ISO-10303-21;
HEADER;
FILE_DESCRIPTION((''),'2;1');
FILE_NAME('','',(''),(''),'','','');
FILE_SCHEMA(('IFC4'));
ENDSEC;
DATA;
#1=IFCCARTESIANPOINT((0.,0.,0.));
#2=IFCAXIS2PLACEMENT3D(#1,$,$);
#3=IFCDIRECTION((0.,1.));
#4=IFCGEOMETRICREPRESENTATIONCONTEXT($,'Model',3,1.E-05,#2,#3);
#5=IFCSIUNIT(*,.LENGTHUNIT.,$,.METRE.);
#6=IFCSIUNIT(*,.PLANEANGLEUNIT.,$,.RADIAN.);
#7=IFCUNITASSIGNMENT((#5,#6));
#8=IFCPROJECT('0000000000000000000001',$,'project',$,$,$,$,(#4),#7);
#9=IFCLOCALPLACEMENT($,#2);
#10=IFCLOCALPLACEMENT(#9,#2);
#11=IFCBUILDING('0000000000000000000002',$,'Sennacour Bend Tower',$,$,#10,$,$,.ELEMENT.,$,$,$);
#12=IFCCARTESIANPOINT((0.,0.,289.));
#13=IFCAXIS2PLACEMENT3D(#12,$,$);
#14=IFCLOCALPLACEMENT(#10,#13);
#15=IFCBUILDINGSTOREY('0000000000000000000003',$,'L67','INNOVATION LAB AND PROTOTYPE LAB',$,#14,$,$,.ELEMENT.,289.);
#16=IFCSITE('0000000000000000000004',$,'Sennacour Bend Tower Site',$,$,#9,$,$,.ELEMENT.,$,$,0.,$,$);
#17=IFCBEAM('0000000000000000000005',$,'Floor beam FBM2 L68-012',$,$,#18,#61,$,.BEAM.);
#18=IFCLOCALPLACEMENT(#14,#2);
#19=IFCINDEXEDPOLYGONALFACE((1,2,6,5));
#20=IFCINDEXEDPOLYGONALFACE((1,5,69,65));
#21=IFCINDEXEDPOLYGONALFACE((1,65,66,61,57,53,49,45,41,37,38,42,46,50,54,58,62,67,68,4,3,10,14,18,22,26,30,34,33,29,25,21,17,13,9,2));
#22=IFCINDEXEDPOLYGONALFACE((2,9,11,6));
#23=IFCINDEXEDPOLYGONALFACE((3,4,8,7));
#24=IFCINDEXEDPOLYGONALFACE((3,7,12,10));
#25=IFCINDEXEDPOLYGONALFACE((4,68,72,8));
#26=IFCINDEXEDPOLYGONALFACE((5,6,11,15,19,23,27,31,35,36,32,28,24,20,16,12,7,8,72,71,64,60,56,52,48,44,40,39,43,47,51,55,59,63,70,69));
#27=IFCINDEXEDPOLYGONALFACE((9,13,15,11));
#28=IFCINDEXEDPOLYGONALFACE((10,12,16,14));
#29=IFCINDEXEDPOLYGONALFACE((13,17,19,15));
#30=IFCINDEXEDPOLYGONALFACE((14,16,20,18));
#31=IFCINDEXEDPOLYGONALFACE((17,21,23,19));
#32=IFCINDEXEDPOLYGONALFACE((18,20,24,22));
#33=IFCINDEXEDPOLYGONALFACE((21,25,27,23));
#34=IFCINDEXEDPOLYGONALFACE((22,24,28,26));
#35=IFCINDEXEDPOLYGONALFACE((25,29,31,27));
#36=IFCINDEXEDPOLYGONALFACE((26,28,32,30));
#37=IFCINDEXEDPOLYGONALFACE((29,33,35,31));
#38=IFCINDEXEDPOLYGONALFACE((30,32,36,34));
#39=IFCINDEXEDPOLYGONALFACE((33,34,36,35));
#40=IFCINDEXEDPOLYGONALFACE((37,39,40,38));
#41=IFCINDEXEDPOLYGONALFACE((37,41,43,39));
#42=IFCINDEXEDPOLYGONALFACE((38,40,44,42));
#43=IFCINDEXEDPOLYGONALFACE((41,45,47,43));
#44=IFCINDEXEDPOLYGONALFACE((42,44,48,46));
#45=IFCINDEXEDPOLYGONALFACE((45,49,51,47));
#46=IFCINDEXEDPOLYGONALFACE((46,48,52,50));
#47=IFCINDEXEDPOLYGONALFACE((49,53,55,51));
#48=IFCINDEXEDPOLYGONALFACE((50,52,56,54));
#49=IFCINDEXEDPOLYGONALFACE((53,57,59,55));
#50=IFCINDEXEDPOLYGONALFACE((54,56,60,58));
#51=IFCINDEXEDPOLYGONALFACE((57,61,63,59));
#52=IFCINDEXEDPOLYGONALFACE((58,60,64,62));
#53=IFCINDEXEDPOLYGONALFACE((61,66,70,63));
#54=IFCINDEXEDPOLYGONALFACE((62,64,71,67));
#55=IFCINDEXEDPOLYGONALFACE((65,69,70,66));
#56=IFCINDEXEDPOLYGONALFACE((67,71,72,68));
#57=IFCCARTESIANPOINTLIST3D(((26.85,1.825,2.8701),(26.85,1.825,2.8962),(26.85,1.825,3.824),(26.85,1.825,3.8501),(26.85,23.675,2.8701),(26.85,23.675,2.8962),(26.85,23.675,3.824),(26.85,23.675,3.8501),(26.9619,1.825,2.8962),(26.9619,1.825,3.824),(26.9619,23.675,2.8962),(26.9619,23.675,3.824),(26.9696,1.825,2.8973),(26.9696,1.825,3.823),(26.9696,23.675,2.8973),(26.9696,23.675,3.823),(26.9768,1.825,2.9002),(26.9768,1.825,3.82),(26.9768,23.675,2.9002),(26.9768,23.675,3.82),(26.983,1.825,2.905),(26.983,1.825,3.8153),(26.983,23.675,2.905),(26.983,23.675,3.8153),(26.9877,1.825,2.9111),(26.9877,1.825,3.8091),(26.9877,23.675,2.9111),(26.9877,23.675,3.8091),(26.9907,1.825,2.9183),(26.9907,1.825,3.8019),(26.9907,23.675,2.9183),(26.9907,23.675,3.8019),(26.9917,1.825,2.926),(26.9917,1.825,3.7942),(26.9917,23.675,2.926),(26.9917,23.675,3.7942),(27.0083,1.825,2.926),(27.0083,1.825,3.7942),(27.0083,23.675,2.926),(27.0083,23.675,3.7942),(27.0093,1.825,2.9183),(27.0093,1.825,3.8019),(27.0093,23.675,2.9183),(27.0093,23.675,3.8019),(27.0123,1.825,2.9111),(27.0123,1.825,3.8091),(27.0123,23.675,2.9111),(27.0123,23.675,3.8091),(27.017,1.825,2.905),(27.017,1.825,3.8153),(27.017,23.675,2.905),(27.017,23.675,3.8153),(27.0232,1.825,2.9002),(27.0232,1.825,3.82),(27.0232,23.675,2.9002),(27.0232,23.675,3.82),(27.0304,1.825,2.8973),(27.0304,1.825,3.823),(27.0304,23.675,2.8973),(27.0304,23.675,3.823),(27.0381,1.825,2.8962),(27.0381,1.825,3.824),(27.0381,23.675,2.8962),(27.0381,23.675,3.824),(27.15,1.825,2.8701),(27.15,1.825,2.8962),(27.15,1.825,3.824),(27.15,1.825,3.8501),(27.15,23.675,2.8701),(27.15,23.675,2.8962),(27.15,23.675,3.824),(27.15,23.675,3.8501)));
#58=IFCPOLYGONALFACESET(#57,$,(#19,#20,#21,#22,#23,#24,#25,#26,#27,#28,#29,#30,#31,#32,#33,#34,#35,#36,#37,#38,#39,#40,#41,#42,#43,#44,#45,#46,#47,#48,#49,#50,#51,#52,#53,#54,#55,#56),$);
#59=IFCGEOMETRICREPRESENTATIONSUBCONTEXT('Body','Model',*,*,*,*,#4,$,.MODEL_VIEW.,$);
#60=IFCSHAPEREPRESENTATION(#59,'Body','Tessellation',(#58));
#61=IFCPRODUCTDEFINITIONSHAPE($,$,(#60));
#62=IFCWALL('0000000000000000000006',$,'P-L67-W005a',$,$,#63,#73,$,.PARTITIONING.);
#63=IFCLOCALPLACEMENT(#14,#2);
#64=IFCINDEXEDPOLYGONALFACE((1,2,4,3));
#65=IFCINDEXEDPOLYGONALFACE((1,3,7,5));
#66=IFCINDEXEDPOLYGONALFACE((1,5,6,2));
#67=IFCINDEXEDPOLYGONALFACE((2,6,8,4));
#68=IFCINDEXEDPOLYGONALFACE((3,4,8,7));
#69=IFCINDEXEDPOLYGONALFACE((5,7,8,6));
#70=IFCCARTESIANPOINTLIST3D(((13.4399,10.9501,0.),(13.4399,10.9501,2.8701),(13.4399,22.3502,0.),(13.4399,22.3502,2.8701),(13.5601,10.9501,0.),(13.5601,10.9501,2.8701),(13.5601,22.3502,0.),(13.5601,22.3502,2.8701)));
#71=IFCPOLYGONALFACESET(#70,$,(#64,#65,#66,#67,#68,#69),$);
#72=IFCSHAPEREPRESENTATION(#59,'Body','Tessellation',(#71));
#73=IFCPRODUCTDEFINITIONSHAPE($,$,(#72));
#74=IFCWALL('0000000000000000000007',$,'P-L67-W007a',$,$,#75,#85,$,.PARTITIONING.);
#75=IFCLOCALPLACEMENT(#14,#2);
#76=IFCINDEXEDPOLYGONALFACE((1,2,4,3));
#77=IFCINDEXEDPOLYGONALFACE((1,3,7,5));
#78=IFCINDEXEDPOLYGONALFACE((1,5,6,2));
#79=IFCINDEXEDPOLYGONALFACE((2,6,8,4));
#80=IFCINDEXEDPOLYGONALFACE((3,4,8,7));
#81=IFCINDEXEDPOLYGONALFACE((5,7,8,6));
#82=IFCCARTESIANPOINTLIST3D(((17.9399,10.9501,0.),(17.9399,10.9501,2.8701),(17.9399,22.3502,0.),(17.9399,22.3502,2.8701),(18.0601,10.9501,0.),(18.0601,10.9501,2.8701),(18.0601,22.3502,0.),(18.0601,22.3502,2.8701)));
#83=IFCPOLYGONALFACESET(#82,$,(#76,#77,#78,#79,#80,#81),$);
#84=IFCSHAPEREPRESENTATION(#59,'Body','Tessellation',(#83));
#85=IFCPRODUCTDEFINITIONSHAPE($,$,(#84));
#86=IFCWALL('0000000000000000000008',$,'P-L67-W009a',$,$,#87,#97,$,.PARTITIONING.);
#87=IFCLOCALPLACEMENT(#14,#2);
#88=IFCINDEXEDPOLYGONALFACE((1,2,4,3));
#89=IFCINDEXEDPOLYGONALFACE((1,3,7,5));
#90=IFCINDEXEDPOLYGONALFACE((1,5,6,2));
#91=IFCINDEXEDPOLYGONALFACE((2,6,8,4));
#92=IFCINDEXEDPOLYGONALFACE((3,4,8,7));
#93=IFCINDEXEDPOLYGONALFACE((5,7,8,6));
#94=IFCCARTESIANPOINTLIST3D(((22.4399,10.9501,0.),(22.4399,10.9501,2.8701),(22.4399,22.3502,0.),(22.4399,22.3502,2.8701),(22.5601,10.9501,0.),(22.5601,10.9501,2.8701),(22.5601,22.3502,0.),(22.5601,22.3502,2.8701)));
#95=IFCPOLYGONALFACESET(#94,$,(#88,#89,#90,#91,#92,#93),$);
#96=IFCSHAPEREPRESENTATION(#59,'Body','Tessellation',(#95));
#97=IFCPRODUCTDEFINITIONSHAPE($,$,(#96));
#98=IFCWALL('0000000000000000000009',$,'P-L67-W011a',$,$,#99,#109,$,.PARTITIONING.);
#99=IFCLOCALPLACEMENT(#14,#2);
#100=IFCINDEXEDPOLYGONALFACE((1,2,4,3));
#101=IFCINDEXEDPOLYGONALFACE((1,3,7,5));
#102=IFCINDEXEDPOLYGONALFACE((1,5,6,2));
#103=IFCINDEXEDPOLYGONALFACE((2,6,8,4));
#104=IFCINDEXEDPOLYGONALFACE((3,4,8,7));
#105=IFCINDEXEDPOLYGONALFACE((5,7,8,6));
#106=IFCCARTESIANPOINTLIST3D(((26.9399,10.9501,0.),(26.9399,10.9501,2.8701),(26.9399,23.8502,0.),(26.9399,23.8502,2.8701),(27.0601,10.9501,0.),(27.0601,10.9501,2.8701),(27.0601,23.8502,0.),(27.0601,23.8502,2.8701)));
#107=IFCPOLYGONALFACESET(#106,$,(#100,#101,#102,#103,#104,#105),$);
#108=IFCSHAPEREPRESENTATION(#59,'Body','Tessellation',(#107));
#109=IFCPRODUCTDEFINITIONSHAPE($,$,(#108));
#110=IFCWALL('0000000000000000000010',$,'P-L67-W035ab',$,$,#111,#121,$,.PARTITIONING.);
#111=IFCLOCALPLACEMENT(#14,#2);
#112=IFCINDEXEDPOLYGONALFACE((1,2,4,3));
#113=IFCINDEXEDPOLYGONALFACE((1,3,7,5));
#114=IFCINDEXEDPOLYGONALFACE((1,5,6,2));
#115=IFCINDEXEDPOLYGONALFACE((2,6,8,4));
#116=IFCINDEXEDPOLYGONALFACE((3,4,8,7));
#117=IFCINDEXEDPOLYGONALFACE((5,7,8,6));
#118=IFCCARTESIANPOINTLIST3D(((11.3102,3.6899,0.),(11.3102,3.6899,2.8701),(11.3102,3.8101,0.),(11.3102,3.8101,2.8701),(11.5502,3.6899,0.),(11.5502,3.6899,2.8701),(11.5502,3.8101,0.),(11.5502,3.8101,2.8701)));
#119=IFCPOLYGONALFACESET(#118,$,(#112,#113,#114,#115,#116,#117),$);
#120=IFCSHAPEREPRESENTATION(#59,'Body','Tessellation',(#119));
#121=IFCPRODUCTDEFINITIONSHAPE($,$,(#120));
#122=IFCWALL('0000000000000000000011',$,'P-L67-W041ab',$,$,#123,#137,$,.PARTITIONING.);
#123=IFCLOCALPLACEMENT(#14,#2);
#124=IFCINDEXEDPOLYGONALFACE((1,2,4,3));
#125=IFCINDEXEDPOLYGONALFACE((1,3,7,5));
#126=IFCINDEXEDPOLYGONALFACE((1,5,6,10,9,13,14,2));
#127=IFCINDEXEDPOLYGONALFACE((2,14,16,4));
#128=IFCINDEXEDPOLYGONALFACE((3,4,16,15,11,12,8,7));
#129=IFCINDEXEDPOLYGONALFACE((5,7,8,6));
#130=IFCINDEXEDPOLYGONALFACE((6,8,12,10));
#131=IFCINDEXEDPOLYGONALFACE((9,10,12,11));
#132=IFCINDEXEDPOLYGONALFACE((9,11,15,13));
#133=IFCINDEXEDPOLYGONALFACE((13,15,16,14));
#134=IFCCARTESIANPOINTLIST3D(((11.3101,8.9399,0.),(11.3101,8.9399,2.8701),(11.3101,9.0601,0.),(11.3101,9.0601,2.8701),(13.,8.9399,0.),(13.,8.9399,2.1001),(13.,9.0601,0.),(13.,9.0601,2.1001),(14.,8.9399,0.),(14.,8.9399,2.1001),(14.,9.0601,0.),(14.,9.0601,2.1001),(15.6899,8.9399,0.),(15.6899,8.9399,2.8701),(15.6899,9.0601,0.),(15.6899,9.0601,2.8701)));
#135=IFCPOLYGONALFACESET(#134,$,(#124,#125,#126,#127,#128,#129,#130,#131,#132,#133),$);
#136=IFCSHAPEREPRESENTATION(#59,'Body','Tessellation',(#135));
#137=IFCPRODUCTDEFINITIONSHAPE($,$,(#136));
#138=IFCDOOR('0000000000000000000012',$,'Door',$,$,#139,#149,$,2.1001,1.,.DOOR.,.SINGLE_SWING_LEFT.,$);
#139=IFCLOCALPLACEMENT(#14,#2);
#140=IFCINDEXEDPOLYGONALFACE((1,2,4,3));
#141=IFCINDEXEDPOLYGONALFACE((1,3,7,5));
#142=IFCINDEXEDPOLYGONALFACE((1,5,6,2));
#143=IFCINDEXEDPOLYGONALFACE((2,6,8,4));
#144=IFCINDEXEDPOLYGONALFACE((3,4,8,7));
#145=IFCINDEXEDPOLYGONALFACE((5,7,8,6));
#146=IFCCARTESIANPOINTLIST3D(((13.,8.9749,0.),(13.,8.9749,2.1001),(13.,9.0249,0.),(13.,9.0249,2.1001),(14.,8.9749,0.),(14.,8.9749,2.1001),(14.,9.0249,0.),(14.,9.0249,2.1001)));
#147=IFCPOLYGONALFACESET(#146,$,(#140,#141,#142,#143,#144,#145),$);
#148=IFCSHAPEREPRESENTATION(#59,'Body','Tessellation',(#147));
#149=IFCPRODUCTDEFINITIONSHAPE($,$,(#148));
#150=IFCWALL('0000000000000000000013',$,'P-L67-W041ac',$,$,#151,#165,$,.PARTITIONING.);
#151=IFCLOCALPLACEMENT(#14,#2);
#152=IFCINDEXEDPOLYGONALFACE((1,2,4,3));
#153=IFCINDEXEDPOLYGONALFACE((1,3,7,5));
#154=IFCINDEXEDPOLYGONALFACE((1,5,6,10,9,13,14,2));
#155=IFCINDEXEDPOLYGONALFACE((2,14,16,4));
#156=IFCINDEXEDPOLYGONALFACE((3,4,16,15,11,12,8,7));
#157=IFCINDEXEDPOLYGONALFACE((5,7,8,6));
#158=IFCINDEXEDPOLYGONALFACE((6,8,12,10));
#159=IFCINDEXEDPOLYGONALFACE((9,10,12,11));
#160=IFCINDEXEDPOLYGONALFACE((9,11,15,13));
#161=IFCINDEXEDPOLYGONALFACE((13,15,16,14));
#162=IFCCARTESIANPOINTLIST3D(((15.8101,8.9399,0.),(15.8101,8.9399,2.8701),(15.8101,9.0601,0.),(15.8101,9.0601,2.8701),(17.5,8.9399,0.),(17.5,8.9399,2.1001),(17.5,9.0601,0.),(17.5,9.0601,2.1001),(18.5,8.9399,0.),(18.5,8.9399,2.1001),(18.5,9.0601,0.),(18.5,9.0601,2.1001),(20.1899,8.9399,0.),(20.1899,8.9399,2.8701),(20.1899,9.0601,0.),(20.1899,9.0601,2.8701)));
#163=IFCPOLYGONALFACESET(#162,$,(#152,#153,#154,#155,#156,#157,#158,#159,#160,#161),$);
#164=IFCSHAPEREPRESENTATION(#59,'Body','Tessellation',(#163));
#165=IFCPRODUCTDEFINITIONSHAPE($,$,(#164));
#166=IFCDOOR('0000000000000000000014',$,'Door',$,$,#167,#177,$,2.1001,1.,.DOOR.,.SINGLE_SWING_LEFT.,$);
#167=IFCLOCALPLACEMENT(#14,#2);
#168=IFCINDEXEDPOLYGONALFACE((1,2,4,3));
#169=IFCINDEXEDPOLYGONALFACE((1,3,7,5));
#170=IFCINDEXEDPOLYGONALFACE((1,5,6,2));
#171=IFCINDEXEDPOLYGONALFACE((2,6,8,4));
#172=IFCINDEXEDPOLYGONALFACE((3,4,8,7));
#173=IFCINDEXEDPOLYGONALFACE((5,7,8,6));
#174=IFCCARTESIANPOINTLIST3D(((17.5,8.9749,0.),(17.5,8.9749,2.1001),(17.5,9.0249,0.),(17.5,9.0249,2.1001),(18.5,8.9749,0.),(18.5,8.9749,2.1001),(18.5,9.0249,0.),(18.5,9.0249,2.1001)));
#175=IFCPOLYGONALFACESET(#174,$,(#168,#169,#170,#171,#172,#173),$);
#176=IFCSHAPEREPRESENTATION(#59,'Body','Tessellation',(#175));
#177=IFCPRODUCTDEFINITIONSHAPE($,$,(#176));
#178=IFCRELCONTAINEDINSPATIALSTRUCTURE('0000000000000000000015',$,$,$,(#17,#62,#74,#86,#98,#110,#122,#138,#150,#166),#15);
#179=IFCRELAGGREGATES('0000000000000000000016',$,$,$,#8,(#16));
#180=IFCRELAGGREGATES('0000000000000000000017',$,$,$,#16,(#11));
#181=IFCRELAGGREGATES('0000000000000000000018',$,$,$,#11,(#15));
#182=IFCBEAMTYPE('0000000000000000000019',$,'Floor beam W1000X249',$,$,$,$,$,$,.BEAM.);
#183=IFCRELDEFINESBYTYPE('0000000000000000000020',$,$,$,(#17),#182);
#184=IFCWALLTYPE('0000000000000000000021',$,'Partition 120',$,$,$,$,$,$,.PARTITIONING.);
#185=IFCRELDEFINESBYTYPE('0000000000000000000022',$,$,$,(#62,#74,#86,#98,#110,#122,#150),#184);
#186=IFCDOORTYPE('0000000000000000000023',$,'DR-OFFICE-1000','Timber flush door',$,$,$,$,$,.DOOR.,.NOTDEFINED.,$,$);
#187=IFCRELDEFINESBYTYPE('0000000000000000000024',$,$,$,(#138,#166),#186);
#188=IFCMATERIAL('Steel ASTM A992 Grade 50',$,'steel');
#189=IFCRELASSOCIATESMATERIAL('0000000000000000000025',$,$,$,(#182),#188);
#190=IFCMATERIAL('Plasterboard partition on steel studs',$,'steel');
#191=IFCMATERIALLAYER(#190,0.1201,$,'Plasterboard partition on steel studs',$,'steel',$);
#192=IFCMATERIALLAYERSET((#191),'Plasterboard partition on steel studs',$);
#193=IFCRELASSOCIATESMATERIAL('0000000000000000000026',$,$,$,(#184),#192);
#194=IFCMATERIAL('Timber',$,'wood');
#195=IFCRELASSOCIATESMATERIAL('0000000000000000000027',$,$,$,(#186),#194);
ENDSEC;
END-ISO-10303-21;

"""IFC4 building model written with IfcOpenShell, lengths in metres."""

from ifc_helpers import new_model, si_unit, direction, frame, frame_2d, origin, origin_2d, place, context, subcontext, project, spatial, rectangle, i_section, extrude, material, layer, layer_set, material_profile, profile_set, type_object, element, fill, save


model = new_model("IFC4")

# Units and contexts
model_context = context("Model", 3, precision=1e-05, world=origin(), true_north=direction((0.0, 1.0)))
body_context = subcontext(model_context, "Body", "Model", "MODEL_VIEW")
ifc_project = project(units=[si_unit("LENGTHUNIT", "METRE"), si_unit("PLANEANGLEUNIT", "RADIAN")], contexts=[model_context])

# Site, building, storey
site_placement = place(None, origin())
site = spatial("IfcSite", under=ifc_project, at=site_placement, Name="Sennacour Bend Tower Site", CompositionType="ELEMENT", RefElevation=0.0)
building_placement = place(site_placement, origin())
building = spatial("IfcBuilding", under=site, at=building_placement, Name="Sennacour Bend Tower", CompositionType="ELEMENT")
storey_placement = place(building_placement, frame((0.0, 0.0, 289.0)))
storey = spatial("IfcBuildingStorey", under=building, at=storey_placement, Name="L67", Description="INNOVATION LAB AND PROTOTYPE LAB", CompositionType="ELEMENT", Elevation=289.0)

# Beam
ifc_material_1 = material(Name="Steel ASTM A992 Grade 50", Category="steel")
ifc_material_profile = material_profile(ifc_material_1, i_section(OverallWidth=0.3, OverallDepth=0.98, WebThickness=0.0166, FlangeThickness=0.0261, FilletRadius=0.0298, at=origin_2d()), Name="Steel ASTM A992 Grade 50", Category="steel")
ifc_profile_set = profile_set([ifc_material_profile], Name="Steel ASTM A992 Grade 50")
beam_type = type_object("IfcBeamType", Name="Floor beam W1000X249", PredefinedType="BEAM", material=ifc_profile_set)
beam_placement = place(storey_placement, frame((27.0, 1.825, 3.3601), z_axis=(0.0, 1.0, 0.0), x_axis=(-1.0, 0.0, 0.0)))
element("IfcBeam", 1, at=beam_placement, inside=storey, type_object=beam_type, Name="Floor beam FBM2 L68-012", PredefinedType="BEAM", context=body_context, shape_type="SweptSolid", body=[
    extrude(i_section(OverallWidth=0.3, OverallDepth=0.98, WebThickness=0.0166, FlangeThickness=0.0261, FilletRadius=0.0298, at=origin_2d()), origin(), (0.0, 0.0, 1.0), 21.8501),
])

# Walls
ifc_material_2 = material(Name="Plasterboard partition on steel studs", Category="steel")
ifc_layer_1 = layer(ifc_material_2, 0.1201, Name="Plasterboard partition on steel studs", Category="steel")
ifc_layer_set_1 = layer_set([ifc_layer_1], Name="Plasterboard partition on steel studs")
wall_type_1 = type_object("IfcWallType", Name="Partition 120", PredefinedType="PARTITIONING", material=ifc_layer_set_1)
for number, where, z_axis, x_axis, name in (
    (2, (13.5, 10.95, 0.0), (0.0, 0.0, 1.0), (0.0, 1.0, 0.0), "P-L67-W005a"),
    (3, (18.0, 10.95, 0.0), (0.0, 0.0, 1.0), (0.0, 1.0, 0.0), "P-L67-W007a"),
    (4, (22.5, 10.95, 0.0), (0.0, 0.0, 1.0), (0.0, 1.0, 0.0), "P-L67-W009a"),
):
    element("IfcWall", number, at=place(storey_placement, frame(where, z_axis=z_axis, x_axis=x_axis)), inside=storey, type_object=wall_type_1, Name=name, PredefinedType="PARTITIONING", context=body_context, shape_type="SweptSolid", body=[
        extrude(rectangle(XDim=11.4001, YDim=0.1201, at=frame_2d((5.7002, 0.0))), origin(), (0.0, 0.0, 1.0), 2.8701),
    ])
wall_1_placement = place(storey_placement, frame((27.0, 10.95, 0.0), z_axis=(0.0, 0.0, 1.0), x_axis=(0.0, 1.0, 0.0)))
element("IfcWall", 5, at=wall_1_placement, inside=storey, type_object=wall_type_1, Name="P-L67-W011a", PredefinedType="PARTITIONING", context=body_context, shape_type="SweptSolid", body=[
    extrude(rectangle(XDim=12.9001, YDim=0.1201, at=frame_2d((6.4502, 0.0))), origin(), (0.0, 0.0, 1.0), 2.8701),
])
wall_2_placement = place(storey_placement, frame((11.3101, 3.75, 0.0), z_axis=(0.0, 0.0, 1.0), x_axis=(1.0, 0.0, 0.0)))
element("IfcWall", 6, at=wall_2_placement, inside=storey, type_object=wall_type_1, Name="P-L67-W035ab", PredefinedType="PARTITIONING", context=body_context, shape_type="SweptSolid", body=[
    extrude(rectangle(XDim=0.24, YDim=0.1201, at=frame_2d((0.1201, 0.0))), origin(), (0.0, 0.0, 1.0), 2.8701),
])

# Walls, openings, doors
wall_3_placement = place(storey_placement, frame((11.3101, 9.0, 0.0), z_axis=(0.0, 0.0, 1.0), x_axis=(1.0, 0.0, 0.0)))
wall_3 = element("IfcWall", 7, at=wall_3_placement, inside=storey, type_object=wall_type_1, Name="P-L67-W041ab", PredefinedType="PARTITIONING", context=body_context, shape_type="SweptSolid", body=[
    extrude(rectangle(XDim=4.3799, YDim=0.1201, at=frame_2d((2.1899, 0.0))), origin(), (0.0, 0.0, 1.0), 2.8701),
])
opening_1_placement = place(wall_3_placement, frame((1.6899, 0.0, 0.0)))
opening_1 = element("IfcOpeningElement", 8, at=opening_1_placement, cuts=wall_3, PredefinedType="OPENING", context=body_context, shape_type="SweptSolid", body=[
    extrude(rectangle(XDim=1.0, YDim=2.1001, at=frame_2d((0.5, 1.05))), frame((0.0, 0.0701, 0.0), z_axis=(0.0, -1.0, 0.0), x_axis=(1.0, 0.0, 0.0)), (0.0, 0.0, 1.0), 0.1401),
])
ifc_material_3 = material(Name="Timber", Category="wood")
door_type_1 = type_object("IfcDoorType", Name="DR-OFFICE-1000", Description="Timber flush door", OperationType="NOTDEFINED", PredefinedType="DOOR", material=ifc_material_3)
door_1_placement = place(opening_1_placement, origin())
door_1 = element("IfcDoor", 9, at=door_1_placement, inside=storey, type_object=door_type_1, Name="Door", OperationType="SINGLE_SWING_LEFT", OverallHeight=2.1001, OverallWidth=1.0, PredefinedType="DOOR", context=body_context, shape_type="SweptSolid", body=[
    extrude(rectangle(XDim=1.0, YDim=2.1001, at=frame_2d((0.5, 1.05))), frame((0.0, 0.0249, 0.0), z_axis=(0.0, -1.0, 0.0), x_axis=(1.0, 0.0, 0.0)), (0.0, 0.0, 1.0), 0.05),
])
fill(opening_1, door_1)
wall_4_placement = place(storey_placement, frame((15.8101, 9.0, 0.0), z_axis=(0.0, 0.0, 1.0), x_axis=(1.0, 0.0, 0.0)))
wall_4 = element("IfcWall", 10, at=wall_4_placement, inside=storey, type_object=wall_type_1, Name="P-L67-W041ac", PredefinedType="PARTITIONING", context=body_context, shape_type="SweptSolid", body=[
    extrude(rectangle(XDim=4.3799, YDim=0.1201, at=frame_2d((2.1899, 0.0))), origin(), (0.0, 0.0, 1.0), 2.8701),
])
opening_2_placement = place(wall_4_placement, frame((1.6899, 0.0, 0.0)))
opening_2 = element("IfcOpeningElement", 11, at=opening_2_placement, cuts=wall_4, PredefinedType="OPENING", context=body_context, shape_type="SweptSolid", body=[
    extrude(rectangle(XDim=1.0, YDim=2.1001, at=frame_2d((0.5, 1.05))), frame((0.0, 0.0701, 0.0), z_axis=(0.0, -1.0, 0.0), x_axis=(1.0, 0.0, 0.0)), (0.0, 0.0, 1.0), 0.1401),
])
door_2_placement = place(opening_2_placement, origin())
door_2 = element("IfcDoor", 12, at=door_2_placement, inside=storey, type_object=door_type_1, Name="Door", OperationType="SINGLE_SWING_LEFT", OverallHeight=2.1001, OverallWidth=1.0, PredefinedType="DOOR", context=body_context, shape_type="SweptSolid", body=[
    extrude(rectangle(XDim=1.0, YDim=2.1001, at=frame_2d((0.5, 1.05))), frame((0.0, 0.0249, 0.0), z_axis=(0.0, -1.0, 0.0), x_axis=(1.0, 0.0, 0.0)), (0.0, 0.0, 1.0), 0.05),
])
fill(opening_2, door_2)

save(model, "model.ifc")
